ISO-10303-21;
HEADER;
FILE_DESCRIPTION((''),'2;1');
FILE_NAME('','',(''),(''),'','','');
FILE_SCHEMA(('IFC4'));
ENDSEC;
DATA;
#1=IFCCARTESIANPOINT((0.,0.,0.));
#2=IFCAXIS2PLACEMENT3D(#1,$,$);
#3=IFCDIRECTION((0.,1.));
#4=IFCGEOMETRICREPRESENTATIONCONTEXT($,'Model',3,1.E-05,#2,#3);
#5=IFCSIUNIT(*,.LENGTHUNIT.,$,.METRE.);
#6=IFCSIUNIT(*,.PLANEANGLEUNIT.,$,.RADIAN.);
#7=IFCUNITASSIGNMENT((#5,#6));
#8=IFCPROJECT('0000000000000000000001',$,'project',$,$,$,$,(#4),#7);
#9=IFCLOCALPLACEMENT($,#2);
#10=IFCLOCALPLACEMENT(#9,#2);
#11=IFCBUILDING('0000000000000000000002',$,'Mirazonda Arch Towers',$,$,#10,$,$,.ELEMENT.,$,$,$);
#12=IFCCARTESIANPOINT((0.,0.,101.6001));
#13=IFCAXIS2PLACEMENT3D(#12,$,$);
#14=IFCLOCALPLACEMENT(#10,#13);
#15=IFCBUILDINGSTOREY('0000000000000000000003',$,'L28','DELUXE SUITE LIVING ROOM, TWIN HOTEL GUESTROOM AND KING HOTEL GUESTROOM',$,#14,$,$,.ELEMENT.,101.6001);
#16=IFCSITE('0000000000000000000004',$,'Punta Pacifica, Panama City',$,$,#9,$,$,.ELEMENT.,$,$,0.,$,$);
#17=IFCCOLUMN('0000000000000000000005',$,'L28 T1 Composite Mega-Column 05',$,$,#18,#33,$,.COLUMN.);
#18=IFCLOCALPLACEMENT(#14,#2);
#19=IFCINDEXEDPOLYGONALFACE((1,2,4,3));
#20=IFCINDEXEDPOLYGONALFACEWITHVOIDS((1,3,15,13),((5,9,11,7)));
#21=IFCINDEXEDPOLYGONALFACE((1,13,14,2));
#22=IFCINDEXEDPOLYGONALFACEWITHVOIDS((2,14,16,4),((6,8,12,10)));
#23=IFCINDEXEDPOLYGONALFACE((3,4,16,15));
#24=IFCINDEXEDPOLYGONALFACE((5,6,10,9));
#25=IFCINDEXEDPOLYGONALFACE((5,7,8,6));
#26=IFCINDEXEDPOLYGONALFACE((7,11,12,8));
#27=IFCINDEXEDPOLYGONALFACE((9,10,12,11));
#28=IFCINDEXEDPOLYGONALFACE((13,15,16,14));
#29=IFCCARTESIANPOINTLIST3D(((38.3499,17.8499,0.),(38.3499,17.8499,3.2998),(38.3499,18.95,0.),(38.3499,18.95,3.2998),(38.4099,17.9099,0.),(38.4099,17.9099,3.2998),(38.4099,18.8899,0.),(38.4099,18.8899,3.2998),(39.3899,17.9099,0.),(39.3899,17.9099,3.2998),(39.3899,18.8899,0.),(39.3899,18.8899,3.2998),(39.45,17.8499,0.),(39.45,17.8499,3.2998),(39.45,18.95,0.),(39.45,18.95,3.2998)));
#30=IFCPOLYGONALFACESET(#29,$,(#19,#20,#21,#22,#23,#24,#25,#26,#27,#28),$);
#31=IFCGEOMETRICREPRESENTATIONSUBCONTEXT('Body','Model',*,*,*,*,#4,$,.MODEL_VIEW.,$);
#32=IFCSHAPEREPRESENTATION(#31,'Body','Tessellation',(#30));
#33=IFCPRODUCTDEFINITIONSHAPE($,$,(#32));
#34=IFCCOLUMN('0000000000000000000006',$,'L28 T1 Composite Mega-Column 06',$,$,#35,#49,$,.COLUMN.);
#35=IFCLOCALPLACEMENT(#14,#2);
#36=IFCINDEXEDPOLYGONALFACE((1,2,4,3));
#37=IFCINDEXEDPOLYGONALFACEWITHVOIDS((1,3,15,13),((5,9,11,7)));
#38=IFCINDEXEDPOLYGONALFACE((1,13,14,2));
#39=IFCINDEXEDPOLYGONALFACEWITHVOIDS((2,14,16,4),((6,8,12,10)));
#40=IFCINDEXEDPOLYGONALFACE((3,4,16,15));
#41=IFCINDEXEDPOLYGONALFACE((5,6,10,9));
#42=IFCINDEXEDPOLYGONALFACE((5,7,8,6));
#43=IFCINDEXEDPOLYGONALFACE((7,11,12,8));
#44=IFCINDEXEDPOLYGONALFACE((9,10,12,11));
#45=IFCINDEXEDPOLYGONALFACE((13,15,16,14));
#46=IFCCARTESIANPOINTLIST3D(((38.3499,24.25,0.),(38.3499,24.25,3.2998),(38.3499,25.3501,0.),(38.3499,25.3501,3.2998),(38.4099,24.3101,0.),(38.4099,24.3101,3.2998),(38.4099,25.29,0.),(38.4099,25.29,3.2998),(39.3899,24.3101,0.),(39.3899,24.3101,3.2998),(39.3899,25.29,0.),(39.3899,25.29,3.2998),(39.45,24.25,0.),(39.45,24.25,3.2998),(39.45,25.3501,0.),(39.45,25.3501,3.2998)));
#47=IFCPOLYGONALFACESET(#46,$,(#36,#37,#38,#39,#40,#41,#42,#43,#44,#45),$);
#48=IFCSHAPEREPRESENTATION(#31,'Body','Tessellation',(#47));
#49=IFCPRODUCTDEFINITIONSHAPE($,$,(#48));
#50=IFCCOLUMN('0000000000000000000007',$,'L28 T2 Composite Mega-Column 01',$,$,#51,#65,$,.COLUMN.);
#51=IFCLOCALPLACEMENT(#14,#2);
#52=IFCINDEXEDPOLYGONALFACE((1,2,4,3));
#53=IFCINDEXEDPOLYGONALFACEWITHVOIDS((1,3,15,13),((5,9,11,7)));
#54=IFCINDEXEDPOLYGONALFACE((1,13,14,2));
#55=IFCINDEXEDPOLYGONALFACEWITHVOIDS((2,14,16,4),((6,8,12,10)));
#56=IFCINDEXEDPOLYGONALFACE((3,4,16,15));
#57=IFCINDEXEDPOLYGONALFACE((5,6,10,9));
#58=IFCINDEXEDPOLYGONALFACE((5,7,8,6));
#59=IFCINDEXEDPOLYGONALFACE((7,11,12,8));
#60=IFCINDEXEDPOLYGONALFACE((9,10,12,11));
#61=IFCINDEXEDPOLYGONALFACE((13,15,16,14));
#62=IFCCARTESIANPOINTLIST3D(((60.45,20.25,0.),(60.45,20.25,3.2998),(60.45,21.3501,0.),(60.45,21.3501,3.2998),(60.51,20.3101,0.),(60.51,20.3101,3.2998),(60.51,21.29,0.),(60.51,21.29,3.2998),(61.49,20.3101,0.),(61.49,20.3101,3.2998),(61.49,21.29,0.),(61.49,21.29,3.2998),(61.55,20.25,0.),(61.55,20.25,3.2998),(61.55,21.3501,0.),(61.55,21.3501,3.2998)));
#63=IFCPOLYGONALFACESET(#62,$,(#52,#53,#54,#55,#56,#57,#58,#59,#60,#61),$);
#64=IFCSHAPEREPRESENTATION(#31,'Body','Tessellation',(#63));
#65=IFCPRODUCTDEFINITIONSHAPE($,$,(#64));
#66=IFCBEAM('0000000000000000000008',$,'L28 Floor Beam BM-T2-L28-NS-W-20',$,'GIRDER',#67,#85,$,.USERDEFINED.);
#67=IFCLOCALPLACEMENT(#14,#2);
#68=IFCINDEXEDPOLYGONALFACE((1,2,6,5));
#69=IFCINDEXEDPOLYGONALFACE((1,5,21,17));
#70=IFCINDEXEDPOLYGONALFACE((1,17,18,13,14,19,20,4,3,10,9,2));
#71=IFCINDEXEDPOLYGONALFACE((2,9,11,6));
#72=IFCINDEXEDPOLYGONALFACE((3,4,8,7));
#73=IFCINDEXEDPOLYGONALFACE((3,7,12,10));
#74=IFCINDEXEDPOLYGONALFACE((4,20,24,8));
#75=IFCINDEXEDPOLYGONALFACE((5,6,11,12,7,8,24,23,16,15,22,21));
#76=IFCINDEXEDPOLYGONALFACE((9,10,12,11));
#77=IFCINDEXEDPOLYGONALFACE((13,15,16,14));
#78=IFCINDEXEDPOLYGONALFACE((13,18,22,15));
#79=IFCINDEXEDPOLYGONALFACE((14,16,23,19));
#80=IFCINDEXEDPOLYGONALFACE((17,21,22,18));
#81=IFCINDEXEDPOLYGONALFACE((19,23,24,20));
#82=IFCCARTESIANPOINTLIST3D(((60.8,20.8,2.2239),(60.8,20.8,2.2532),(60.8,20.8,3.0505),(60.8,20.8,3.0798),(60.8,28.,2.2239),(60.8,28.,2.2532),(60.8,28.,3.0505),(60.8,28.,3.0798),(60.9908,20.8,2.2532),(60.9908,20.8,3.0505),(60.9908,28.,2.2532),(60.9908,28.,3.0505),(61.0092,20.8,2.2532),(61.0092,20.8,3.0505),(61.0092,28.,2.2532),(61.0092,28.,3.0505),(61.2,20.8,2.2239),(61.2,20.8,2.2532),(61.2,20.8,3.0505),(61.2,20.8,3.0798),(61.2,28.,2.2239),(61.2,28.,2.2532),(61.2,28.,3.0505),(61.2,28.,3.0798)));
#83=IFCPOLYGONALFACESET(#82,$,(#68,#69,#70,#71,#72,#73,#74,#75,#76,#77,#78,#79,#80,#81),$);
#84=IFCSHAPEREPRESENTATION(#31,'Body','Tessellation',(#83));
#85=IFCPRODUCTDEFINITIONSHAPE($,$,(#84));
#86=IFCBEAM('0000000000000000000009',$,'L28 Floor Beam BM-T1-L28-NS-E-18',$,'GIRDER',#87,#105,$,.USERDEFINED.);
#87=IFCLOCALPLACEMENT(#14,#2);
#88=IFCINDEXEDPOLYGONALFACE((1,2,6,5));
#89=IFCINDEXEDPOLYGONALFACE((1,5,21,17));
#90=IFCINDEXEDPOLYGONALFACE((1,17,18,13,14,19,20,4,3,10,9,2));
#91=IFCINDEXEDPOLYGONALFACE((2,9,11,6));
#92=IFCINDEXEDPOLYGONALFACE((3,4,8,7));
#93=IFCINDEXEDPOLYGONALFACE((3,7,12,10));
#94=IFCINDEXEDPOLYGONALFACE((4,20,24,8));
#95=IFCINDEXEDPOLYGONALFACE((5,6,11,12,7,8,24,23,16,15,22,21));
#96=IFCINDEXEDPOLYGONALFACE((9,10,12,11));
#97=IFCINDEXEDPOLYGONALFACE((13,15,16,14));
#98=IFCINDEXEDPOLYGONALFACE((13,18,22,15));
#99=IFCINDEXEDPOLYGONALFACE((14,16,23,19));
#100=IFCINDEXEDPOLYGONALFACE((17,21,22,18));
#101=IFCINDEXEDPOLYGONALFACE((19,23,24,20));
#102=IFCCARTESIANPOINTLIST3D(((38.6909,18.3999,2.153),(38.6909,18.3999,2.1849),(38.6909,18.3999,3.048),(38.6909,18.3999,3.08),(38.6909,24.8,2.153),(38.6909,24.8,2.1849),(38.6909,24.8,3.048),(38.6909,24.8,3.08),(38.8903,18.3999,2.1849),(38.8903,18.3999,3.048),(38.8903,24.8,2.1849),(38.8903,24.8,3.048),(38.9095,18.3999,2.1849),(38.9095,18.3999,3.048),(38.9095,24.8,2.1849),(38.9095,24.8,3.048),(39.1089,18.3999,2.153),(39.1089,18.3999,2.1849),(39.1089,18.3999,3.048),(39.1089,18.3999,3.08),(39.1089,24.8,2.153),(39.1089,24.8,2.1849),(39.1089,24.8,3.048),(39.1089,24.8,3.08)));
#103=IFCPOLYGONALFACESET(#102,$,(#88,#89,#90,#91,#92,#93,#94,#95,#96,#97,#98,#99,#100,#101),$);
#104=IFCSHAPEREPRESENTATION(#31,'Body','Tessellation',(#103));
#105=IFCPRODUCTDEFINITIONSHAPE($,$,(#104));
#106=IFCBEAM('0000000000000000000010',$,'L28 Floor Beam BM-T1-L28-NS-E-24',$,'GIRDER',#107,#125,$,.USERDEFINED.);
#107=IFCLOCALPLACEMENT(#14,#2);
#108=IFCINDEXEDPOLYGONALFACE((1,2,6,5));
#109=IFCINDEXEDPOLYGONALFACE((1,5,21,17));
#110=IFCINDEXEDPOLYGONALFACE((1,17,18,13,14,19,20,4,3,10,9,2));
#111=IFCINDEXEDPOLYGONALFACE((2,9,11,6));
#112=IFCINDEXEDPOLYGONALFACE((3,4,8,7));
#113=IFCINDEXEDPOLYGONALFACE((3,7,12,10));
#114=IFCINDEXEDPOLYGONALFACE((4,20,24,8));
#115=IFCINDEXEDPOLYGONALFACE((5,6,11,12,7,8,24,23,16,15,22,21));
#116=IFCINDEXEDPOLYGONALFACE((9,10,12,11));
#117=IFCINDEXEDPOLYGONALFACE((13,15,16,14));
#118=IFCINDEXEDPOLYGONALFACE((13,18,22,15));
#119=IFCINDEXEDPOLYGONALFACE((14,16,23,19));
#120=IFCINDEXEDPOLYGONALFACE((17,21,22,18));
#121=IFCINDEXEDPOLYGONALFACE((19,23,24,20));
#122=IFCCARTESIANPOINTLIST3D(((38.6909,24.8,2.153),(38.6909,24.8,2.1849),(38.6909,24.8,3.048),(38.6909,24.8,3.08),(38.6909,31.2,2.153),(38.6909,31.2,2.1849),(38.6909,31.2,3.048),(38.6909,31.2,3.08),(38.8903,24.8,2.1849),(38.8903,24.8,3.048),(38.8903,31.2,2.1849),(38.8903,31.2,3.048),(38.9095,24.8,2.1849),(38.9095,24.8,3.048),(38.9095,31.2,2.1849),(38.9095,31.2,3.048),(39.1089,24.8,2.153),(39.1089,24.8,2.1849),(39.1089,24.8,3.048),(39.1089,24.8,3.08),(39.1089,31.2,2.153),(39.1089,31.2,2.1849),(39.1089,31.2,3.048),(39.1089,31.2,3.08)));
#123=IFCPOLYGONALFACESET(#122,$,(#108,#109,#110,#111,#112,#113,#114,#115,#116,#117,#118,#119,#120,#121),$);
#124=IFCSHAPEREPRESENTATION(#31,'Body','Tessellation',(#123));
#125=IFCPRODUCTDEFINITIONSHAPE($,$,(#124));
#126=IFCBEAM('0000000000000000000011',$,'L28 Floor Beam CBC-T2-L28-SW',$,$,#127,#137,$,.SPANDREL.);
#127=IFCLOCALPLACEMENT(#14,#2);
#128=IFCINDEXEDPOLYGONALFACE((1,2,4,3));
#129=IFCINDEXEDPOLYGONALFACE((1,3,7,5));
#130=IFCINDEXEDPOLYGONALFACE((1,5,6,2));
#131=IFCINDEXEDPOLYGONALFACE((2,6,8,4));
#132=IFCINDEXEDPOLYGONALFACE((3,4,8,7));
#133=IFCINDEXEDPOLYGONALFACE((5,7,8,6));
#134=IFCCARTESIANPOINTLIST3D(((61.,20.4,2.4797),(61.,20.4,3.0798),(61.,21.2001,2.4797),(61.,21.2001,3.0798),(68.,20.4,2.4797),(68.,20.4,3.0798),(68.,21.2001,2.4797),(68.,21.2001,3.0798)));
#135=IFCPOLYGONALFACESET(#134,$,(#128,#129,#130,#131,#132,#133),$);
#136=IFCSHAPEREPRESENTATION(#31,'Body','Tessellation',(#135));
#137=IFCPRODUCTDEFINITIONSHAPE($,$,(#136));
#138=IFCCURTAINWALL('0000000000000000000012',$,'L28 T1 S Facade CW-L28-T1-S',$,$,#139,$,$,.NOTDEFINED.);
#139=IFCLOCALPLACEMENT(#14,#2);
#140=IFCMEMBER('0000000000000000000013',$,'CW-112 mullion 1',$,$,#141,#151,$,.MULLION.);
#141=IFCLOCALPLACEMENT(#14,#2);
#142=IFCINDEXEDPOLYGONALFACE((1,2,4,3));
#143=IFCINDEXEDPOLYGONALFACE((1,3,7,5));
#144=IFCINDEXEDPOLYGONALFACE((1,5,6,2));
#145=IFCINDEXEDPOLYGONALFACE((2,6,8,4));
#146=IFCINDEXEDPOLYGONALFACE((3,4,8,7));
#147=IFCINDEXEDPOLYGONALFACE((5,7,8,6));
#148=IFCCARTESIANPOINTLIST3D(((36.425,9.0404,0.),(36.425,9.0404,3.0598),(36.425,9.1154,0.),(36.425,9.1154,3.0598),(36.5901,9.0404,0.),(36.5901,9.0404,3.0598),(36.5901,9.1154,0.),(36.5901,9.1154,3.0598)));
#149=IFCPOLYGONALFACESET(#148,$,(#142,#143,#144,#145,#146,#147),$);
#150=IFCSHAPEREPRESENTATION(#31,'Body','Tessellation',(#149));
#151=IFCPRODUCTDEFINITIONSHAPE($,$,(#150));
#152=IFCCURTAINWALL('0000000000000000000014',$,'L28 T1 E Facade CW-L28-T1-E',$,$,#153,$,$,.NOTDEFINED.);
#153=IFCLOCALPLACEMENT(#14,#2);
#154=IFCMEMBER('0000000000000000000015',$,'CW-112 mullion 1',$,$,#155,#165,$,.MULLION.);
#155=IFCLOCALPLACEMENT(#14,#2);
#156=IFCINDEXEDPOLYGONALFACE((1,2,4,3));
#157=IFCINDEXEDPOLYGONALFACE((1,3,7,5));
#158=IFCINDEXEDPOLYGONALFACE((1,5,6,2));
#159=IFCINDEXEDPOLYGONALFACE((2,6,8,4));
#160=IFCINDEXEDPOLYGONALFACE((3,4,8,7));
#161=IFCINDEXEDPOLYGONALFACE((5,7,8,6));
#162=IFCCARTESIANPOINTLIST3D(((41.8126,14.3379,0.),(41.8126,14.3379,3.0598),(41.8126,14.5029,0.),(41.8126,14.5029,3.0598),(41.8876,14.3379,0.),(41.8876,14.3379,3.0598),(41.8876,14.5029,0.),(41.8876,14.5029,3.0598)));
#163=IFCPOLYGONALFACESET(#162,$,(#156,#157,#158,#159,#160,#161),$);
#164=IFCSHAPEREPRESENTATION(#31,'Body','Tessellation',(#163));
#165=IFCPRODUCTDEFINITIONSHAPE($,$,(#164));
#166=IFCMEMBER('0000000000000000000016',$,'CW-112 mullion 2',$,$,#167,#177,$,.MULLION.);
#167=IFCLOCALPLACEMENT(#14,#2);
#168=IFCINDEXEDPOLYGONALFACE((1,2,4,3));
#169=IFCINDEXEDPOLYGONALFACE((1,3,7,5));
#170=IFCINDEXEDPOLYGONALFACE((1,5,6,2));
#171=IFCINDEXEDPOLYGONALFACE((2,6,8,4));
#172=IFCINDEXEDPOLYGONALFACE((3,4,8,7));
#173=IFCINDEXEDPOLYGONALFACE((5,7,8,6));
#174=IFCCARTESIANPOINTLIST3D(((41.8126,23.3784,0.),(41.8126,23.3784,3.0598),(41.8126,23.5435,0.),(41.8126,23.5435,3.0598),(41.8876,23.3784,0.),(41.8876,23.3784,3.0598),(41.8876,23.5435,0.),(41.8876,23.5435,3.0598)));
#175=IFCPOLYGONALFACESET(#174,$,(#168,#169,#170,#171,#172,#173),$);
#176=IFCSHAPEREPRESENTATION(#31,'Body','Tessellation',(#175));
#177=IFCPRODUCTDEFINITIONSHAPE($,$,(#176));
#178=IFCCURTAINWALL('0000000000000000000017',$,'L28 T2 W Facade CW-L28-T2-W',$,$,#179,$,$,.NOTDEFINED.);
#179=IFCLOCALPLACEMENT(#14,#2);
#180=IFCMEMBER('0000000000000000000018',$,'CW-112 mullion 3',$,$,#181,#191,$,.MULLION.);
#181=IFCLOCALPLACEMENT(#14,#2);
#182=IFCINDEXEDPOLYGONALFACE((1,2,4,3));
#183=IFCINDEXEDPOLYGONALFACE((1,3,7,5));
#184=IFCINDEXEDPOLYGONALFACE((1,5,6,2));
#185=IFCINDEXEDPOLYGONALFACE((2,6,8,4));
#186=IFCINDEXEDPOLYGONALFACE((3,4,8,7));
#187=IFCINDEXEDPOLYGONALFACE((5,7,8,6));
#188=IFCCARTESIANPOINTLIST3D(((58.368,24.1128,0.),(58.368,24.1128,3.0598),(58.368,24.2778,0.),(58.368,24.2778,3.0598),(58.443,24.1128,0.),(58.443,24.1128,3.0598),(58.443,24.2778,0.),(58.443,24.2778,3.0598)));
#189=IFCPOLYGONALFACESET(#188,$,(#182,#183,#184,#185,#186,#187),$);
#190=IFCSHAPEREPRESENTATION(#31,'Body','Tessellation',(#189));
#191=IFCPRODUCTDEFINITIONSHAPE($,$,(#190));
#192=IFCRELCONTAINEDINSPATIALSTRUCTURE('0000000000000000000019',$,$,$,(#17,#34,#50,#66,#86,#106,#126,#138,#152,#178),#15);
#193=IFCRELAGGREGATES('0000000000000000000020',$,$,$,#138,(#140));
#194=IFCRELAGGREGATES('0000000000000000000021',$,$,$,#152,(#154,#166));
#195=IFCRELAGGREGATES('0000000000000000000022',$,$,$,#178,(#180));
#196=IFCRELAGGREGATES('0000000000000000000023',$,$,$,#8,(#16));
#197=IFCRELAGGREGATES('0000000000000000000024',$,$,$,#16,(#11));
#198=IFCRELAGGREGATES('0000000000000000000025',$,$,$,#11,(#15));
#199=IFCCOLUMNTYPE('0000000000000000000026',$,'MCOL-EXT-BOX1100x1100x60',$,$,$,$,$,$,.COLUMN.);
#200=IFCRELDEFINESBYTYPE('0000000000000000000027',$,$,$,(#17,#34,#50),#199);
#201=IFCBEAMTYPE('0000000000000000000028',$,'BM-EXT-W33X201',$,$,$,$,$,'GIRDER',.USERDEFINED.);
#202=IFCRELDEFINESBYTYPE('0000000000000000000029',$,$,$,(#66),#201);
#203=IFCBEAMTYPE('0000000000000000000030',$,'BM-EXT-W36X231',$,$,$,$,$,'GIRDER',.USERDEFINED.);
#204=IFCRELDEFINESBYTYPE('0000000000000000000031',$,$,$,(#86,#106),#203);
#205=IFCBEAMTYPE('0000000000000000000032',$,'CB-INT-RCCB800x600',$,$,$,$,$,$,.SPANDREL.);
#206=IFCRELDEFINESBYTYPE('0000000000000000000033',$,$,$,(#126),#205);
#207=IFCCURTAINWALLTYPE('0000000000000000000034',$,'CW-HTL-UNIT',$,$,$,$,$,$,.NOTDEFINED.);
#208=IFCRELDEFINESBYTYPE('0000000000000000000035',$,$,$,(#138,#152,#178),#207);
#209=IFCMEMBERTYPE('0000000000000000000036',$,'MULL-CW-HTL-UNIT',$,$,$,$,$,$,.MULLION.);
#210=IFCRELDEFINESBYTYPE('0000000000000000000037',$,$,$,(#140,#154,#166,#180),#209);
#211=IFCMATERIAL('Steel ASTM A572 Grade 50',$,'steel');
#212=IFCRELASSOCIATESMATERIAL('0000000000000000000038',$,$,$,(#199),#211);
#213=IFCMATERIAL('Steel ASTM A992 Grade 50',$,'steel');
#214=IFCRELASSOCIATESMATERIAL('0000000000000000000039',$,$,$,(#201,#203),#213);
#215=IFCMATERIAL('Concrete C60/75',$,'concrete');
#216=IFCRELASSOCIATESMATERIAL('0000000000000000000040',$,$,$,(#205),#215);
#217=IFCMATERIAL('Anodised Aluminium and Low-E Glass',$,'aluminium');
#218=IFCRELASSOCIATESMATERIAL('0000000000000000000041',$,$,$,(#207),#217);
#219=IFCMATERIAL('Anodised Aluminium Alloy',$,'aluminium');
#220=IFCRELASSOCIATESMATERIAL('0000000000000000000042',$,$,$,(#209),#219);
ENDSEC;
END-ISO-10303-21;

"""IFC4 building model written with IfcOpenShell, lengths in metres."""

from ifc_helpers import new_model, si_unit, direction, frame, origin, origin_2d, place, context, subcontext, project, spatial, rectangle, hollow_rectangle, i_section, extrude, material, material_profile, profile_set, type_object, element, aggregate, save


model = new_model("IFC4")

# Units and contexts
model_context = context("Model", 3, precision=1e-05, world=origin(), true_north=direction((0.0, 1.0)))
body_context = subcontext(model_context, "Body", "Model", "MODEL_VIEW")
ifc_project = project(units=[si_unit("LENGTHUNIT", "METRE"), si_unit("PLANEANGLEUNIT", "RADIAN")], contexts=[model_context])

# Site, building, storey
site_placement = place(None, origin())
site = spatial("IfcSite", under=ifc_project, at=site_placement, Name="Punta Pacifica, Panama City", CompositionType="ELEMENT", RefElevation=0.0)
building_placement = place(site_placement, origin())
building = spatial("IfcBuilding", under=site, at=building_placement, Name="Mirazonda Arch Towers", CompositionType="ELEMENT")
storey_placement = place(building_placement, frame((0.0, 0.0, 101.6001)))
storey = spatial("IfcBuildingStorey", under=building, at=storey_placement, Name="L28", Description="DELUXE SUITE LIVING ROOM, TWIN HOTEL GUESTROOM AND KING HOTEL GUESTROOM", CompositionType="ELEMENT", Elevation=101.6001)

# Columns
ifc_material_1 = material(Name="Steel ASTM A572 Grade 50", Category="steel")
ifc_material_profile_1 = material_profile(ifc_material_1, hollow_rectangle(XDim=1.1001, YDim=1.1001, WallThickness=0.0601, at=origin_2d()), Name="BOX1100x1100x60")
ifc_profile_set_1 = profile_set([ifc_material_profile_1], Name="Steel ASTM A572 Grade 50")
column_type = type_object("IfcColumnType", Name="MCOL-EXT-BOX1100x1100x60", PredefinedType="COLUMN", material=ifc_profile_set_1)
for number, where, z_axis, x_axis, name in (
    (1, (38.8999, 18.3999, 0.0), (0.0, 0.0, 1.0), (1.0, 0.0, 0.0), "L28 T1 Composite Mega-Column 05"),
    (2, (38.8999, 24.8, 0.0), (0.0, 0.0, 1.0), (1.0, 0.0, 0.0), "L28 T1 Composite Mega-Column 06"),
    (3, (61.0, 20.8, 0.0), (0.0, 0.0, 1.0), (1.0, 0.0, 0.0), "L28 T2 Composite Mega-Column 01"),
):
    element("IfcColumn", number, at=place(storey_placement, frame(where, z_axis=z_axis, x_axis=x_axis)), inside=storey, type_object=column_type, Name=name, PredefinedType="COLUMN", context=body_context, shape_type="SweptSolid", body=[
        extrude(hollow_rectangle(XDim=1.1001, YDim=1.1001, WallThickness=0.0601, at=origin_2d()), origin(), (0.0, 0.0, 1.0), 3.2998),
    ])

# Beams
ifc_material_2 = material(Name="Steel ASTM A992 Grade 50", Category="steel")
ifc_material_profile_2 = material_profile(ifc_material_2, i_section(OverallWidth=0.3999, OverallDepth=0.856, WebThickness=0.0183, FlangeThickness=0.0293, at=origin_2d()), Name="W33X201")
ifc_profile_set_2 = profile_set([ifc_material_profile_2], Name="Steel ASTM A992 Grade 50")
beam_type_1 = type_object("IfcBeamType", Name="BM-EXT-W33X201", ElementType="GIRDER", PredefinedType="USERDEFINED", material=ifc_profile_set_2)
beam_1_placement = place(storey_placement, frame((61.0, 20.8, 2.6519), z_axis=(0.0, 1.0, 0.0), x_axis=(-1.0, 0.0, 0.0)))
element("IfcBeam", 4, at=beam_1_placement, inside=storey, type_object=beam_type_1, Name="L28 Floor Beam BM-T2-L28-NS-W-20", ObjectType="GIRDER", PredefinedType="USERDEFINED", context=body_context, shape_type="SweptSolid", body=[
    extrude(i_section(OverallWidth=0.3999, OverallDepth=0.856, WebThickness=0.0183, FlangeThickness=0.0293, at=origin_2d()), origin(), (0.0, 0.0, 1.0), 7.2),
])
ifc_material_profile_3 = material_profile(ifc_material_2, i_section(OverallWidth=0.418, OverallDepth=0.927, WebThickness=0.0193, FlangeThickness=0.032, at=origin_2d()), Name="W36X231")
ifc_profile_set_3 = profile_set([ifc_material_profile_3], Name="Steel ASTM A992 Grade 50")
beam_type_2 = type_object("IfcBeamType", Name="BM-EXT-W36X231", ElementType="GIRDER", PredefinedType="USERDEFINED", material=ifc_profile_set_3)
beam_2_placement = place(storey_placement, frame((38.8999, 18.3999, 2.6165), z_axis=(0.0, 1.0, 0.0), x_axis=(-1.0, 0.0, 0.0)))
element("IfcBeam", 5, at=beam_2_placement, inside=storey, type_object=beam_type_2, Name="L28 Floor Beam BM-T1-L28-NS-E-18", ObjectType="GIRDER", PredefinedType="USERDEFINED", context=body_context, shape_type="SweptSolid", body=[
    extrude(i_section(OverallWidth=0.418, OverallDepth=0.927, WebThickness=0.0193, FlangeThickness=0.032, at=origin_2d()), origin(), (0.0, 0.0, 1.0), 6.4001),
])
beam_3_placement = place(storey_placement, frame((38.8999, 24.8, 2.6165), z_axis=(0.0, 1.0, 0.0), x_axis=(-1.0, 0.0, 0.0)))
element("IfcBeam", 6, at=beam_3_placement, inside=storey, type_object=beam_type_2, Name="L28 Floor Beam BM-T1-L28-NS-E-24", ObjectType="GIRDER", PredefinedType="USERDEFINED", context=body_context, shape_type="SweptSolid", body=[
    extrude(i_section(OverallWidth=0.418, OverallDepth=0.927, WebThickness=0.0193, FlangeThickness=0.032, at=origin_2d()), origin(), (0.0, 0.0, 1.0), 6.3999),
])
ifc_material_3 = material(Name="Concrete C60/75", Category="concrete")
ifc_material_profile_4 = material_profile(ifc_material_3, rectangle(XDim=0.8, YDim=0.6001, at=origin_2d()), Name="RCCB800x600")
ifc_profile_set_4 = profile_set([ifc_material_profile_4], Name="Concrete C60/75")
beam_type_3 = type_object("IfcBeamType", Name="CB-INT-RCCB800x600", PredefinedType="SPANDREL", material=ifc_profile_set_4)
beam_4_placement = place(storey_placement, frame((61.0, 20.8, 2.7798), z_axis=(1.0, 0.0, 0.0), x_axis=(0.0, 1.0, 0.0)))
element("IfcBeam", 7, at=beam_4_placement, inside=storey, type_object=beam_type_3, Name="L28 Floor Beam CBC-T2-L28-SW", PredefinedType="SPANDREL", context=body_context, shape_type="SweptSolid", body=[
    extrude(rectangle(XDim=0.8, YDim=0.6001, at=origin_2d()), origin(), (0.0, 0.0, 1.0), 7.0),
])

# Curtain wall, member
ifc_material_4 = material(Name="Anodised Aluminium and Low-E Glass", Category="aluminium")
curtain_wall_type = type_object("IfcCurtainWallType", Name="CW-HTL-UNIT", PredefinedType="NOTDEFINED", material=ifc_material_4)
curtain_wall_1_placement = place(storey_placement, origin())
curtain_wall_1 = element("IfcCurtainWall", 8, at=curtain_wall_1_placement, inside=storey, type_object=curtain_wall_type, Name="L28 T1 S Facade CW-L28-T1-S", PredefinedType="NOTDEFINED")
ifc_material_5 = material(Name="Anodised Aluminium Alloy", Category="aluminium")
ifc_material_profile_5 = material_profile(ifc_material_5, rectangle(XDim=0.075, YDim=0.165, at=origin_2d()), Name="ALU-MULL-75x165")
ifc_profile_set_5 = profile_set([ifc_material_profile_5], Name="Anodised Aluminium Alloy")
member_type_1 = type_object("IfcMemberType", Name="MULL-CW-HTL-UNIT", PredefinedType="MULLION", material=ifc_profile_set_5)
member_1_placement = place(storey_placement, frame((36.5076, 9.0779, 0.0), z_axis=(0.0, 0.0, 1.0), x_axis=(0.0, -1.0, 0.0)))
member_1 = element("IfcMember", 9, at=member_1_placement, type_object=member_type_1, Name="CW-112 mullion 1", PredefinedType="MULLION", context=body_context, shape_type="SweptSolid", body=[
    extrude(rectangle(XDim=0.075, YDim=0.165, at=origin_2d()), origin(), (0.0, 0.0, 1.0), 3.0598),
])

# Curtain walls, members
curtain_wall_2_placement = place(storey_placement, origin())
curtain_wall_2 = element("IfcCurtainWall", 10, at=curtain_wall_2_placement, inside=storey, type_object=curtain_wall_type, Name="L28 T1 E Facade CW-L28-T1-E", PredefinedType="NOTDEFINED")
member_2_placement = place(storey_placement, frame((41.8501, 14.4204, 0.0), z_axis=(0.0, 0.0, 1.0), x_axis=(-1.0, 0.0, 0.0)))
member_2 = element("IfcMember", 11, at=member_2_placement, type_object=member_type_1, Name="CW-112 mullion 1", PredefinedType="MULLION", context=body_context, shape_type="SweptSolid", body=[
    extrude(rectangle(XDim=0.075, YDim=0.165, at=origin_2d()), origin(), (0.0, 0.0, 1.0), 3.0598),
])
member_3_placement = place(storey_placement, frame((41.8501, 23.4609, 0.0), z_axis=(0.0, 0.0, 1.0), x_axis=(-1.0, 0.0, 0.0)))
member_3 = element("IfcMember", 12, at=member_3_placement, type_object=member_type_1, Name="CW-112 mullion 2", PredefinedType="MULLION", context=body_context, shape_type="SweptSolid", body=[
    extrude(rectangle(XDim=0.075, YDim=0.165, at=origin_2d()), origin(), (0.0, 0.0, 1.0), 3.0598),
])
curtain_wall_3_placement = place(storey_placement, origin())
curtain_wall_3 = element("IfcCurtainWall", 13, at=curtain_wall_3_placement, inside=storey, type_object=curtain_wall_type, Name="L28 T2 W Facade CW-L28-T2-W", PredefinedType="NOTDEFINED")
member_4_placement = place(storey_placement, frame((58.4055, 24.1953, 0.0), z_axis=(0.0, 0.0, 1.0), x_axis=(1.0, 0.0, 0.0)))
member_4 = element("IfcMember", 14, at=member_4_placement, type_object=member_type_1, Name="CW-112 mullion 3", PredefinedType="MULLION", context=body_context, shape_type="SweptSolid", body=[
    extrude(rectangle(XDim=0.075, YDim=0.165, at=origin_2d()), origin(), (0.0, 0.0, 1.0), 3.0598),
])

aggregate(curtain_wall_1, [member_1])

aggregate(curtain_wall_2, [member_2, member_3])
aggregate(curtain_wall_3, [member_4])

save(model, "model.ifc")
